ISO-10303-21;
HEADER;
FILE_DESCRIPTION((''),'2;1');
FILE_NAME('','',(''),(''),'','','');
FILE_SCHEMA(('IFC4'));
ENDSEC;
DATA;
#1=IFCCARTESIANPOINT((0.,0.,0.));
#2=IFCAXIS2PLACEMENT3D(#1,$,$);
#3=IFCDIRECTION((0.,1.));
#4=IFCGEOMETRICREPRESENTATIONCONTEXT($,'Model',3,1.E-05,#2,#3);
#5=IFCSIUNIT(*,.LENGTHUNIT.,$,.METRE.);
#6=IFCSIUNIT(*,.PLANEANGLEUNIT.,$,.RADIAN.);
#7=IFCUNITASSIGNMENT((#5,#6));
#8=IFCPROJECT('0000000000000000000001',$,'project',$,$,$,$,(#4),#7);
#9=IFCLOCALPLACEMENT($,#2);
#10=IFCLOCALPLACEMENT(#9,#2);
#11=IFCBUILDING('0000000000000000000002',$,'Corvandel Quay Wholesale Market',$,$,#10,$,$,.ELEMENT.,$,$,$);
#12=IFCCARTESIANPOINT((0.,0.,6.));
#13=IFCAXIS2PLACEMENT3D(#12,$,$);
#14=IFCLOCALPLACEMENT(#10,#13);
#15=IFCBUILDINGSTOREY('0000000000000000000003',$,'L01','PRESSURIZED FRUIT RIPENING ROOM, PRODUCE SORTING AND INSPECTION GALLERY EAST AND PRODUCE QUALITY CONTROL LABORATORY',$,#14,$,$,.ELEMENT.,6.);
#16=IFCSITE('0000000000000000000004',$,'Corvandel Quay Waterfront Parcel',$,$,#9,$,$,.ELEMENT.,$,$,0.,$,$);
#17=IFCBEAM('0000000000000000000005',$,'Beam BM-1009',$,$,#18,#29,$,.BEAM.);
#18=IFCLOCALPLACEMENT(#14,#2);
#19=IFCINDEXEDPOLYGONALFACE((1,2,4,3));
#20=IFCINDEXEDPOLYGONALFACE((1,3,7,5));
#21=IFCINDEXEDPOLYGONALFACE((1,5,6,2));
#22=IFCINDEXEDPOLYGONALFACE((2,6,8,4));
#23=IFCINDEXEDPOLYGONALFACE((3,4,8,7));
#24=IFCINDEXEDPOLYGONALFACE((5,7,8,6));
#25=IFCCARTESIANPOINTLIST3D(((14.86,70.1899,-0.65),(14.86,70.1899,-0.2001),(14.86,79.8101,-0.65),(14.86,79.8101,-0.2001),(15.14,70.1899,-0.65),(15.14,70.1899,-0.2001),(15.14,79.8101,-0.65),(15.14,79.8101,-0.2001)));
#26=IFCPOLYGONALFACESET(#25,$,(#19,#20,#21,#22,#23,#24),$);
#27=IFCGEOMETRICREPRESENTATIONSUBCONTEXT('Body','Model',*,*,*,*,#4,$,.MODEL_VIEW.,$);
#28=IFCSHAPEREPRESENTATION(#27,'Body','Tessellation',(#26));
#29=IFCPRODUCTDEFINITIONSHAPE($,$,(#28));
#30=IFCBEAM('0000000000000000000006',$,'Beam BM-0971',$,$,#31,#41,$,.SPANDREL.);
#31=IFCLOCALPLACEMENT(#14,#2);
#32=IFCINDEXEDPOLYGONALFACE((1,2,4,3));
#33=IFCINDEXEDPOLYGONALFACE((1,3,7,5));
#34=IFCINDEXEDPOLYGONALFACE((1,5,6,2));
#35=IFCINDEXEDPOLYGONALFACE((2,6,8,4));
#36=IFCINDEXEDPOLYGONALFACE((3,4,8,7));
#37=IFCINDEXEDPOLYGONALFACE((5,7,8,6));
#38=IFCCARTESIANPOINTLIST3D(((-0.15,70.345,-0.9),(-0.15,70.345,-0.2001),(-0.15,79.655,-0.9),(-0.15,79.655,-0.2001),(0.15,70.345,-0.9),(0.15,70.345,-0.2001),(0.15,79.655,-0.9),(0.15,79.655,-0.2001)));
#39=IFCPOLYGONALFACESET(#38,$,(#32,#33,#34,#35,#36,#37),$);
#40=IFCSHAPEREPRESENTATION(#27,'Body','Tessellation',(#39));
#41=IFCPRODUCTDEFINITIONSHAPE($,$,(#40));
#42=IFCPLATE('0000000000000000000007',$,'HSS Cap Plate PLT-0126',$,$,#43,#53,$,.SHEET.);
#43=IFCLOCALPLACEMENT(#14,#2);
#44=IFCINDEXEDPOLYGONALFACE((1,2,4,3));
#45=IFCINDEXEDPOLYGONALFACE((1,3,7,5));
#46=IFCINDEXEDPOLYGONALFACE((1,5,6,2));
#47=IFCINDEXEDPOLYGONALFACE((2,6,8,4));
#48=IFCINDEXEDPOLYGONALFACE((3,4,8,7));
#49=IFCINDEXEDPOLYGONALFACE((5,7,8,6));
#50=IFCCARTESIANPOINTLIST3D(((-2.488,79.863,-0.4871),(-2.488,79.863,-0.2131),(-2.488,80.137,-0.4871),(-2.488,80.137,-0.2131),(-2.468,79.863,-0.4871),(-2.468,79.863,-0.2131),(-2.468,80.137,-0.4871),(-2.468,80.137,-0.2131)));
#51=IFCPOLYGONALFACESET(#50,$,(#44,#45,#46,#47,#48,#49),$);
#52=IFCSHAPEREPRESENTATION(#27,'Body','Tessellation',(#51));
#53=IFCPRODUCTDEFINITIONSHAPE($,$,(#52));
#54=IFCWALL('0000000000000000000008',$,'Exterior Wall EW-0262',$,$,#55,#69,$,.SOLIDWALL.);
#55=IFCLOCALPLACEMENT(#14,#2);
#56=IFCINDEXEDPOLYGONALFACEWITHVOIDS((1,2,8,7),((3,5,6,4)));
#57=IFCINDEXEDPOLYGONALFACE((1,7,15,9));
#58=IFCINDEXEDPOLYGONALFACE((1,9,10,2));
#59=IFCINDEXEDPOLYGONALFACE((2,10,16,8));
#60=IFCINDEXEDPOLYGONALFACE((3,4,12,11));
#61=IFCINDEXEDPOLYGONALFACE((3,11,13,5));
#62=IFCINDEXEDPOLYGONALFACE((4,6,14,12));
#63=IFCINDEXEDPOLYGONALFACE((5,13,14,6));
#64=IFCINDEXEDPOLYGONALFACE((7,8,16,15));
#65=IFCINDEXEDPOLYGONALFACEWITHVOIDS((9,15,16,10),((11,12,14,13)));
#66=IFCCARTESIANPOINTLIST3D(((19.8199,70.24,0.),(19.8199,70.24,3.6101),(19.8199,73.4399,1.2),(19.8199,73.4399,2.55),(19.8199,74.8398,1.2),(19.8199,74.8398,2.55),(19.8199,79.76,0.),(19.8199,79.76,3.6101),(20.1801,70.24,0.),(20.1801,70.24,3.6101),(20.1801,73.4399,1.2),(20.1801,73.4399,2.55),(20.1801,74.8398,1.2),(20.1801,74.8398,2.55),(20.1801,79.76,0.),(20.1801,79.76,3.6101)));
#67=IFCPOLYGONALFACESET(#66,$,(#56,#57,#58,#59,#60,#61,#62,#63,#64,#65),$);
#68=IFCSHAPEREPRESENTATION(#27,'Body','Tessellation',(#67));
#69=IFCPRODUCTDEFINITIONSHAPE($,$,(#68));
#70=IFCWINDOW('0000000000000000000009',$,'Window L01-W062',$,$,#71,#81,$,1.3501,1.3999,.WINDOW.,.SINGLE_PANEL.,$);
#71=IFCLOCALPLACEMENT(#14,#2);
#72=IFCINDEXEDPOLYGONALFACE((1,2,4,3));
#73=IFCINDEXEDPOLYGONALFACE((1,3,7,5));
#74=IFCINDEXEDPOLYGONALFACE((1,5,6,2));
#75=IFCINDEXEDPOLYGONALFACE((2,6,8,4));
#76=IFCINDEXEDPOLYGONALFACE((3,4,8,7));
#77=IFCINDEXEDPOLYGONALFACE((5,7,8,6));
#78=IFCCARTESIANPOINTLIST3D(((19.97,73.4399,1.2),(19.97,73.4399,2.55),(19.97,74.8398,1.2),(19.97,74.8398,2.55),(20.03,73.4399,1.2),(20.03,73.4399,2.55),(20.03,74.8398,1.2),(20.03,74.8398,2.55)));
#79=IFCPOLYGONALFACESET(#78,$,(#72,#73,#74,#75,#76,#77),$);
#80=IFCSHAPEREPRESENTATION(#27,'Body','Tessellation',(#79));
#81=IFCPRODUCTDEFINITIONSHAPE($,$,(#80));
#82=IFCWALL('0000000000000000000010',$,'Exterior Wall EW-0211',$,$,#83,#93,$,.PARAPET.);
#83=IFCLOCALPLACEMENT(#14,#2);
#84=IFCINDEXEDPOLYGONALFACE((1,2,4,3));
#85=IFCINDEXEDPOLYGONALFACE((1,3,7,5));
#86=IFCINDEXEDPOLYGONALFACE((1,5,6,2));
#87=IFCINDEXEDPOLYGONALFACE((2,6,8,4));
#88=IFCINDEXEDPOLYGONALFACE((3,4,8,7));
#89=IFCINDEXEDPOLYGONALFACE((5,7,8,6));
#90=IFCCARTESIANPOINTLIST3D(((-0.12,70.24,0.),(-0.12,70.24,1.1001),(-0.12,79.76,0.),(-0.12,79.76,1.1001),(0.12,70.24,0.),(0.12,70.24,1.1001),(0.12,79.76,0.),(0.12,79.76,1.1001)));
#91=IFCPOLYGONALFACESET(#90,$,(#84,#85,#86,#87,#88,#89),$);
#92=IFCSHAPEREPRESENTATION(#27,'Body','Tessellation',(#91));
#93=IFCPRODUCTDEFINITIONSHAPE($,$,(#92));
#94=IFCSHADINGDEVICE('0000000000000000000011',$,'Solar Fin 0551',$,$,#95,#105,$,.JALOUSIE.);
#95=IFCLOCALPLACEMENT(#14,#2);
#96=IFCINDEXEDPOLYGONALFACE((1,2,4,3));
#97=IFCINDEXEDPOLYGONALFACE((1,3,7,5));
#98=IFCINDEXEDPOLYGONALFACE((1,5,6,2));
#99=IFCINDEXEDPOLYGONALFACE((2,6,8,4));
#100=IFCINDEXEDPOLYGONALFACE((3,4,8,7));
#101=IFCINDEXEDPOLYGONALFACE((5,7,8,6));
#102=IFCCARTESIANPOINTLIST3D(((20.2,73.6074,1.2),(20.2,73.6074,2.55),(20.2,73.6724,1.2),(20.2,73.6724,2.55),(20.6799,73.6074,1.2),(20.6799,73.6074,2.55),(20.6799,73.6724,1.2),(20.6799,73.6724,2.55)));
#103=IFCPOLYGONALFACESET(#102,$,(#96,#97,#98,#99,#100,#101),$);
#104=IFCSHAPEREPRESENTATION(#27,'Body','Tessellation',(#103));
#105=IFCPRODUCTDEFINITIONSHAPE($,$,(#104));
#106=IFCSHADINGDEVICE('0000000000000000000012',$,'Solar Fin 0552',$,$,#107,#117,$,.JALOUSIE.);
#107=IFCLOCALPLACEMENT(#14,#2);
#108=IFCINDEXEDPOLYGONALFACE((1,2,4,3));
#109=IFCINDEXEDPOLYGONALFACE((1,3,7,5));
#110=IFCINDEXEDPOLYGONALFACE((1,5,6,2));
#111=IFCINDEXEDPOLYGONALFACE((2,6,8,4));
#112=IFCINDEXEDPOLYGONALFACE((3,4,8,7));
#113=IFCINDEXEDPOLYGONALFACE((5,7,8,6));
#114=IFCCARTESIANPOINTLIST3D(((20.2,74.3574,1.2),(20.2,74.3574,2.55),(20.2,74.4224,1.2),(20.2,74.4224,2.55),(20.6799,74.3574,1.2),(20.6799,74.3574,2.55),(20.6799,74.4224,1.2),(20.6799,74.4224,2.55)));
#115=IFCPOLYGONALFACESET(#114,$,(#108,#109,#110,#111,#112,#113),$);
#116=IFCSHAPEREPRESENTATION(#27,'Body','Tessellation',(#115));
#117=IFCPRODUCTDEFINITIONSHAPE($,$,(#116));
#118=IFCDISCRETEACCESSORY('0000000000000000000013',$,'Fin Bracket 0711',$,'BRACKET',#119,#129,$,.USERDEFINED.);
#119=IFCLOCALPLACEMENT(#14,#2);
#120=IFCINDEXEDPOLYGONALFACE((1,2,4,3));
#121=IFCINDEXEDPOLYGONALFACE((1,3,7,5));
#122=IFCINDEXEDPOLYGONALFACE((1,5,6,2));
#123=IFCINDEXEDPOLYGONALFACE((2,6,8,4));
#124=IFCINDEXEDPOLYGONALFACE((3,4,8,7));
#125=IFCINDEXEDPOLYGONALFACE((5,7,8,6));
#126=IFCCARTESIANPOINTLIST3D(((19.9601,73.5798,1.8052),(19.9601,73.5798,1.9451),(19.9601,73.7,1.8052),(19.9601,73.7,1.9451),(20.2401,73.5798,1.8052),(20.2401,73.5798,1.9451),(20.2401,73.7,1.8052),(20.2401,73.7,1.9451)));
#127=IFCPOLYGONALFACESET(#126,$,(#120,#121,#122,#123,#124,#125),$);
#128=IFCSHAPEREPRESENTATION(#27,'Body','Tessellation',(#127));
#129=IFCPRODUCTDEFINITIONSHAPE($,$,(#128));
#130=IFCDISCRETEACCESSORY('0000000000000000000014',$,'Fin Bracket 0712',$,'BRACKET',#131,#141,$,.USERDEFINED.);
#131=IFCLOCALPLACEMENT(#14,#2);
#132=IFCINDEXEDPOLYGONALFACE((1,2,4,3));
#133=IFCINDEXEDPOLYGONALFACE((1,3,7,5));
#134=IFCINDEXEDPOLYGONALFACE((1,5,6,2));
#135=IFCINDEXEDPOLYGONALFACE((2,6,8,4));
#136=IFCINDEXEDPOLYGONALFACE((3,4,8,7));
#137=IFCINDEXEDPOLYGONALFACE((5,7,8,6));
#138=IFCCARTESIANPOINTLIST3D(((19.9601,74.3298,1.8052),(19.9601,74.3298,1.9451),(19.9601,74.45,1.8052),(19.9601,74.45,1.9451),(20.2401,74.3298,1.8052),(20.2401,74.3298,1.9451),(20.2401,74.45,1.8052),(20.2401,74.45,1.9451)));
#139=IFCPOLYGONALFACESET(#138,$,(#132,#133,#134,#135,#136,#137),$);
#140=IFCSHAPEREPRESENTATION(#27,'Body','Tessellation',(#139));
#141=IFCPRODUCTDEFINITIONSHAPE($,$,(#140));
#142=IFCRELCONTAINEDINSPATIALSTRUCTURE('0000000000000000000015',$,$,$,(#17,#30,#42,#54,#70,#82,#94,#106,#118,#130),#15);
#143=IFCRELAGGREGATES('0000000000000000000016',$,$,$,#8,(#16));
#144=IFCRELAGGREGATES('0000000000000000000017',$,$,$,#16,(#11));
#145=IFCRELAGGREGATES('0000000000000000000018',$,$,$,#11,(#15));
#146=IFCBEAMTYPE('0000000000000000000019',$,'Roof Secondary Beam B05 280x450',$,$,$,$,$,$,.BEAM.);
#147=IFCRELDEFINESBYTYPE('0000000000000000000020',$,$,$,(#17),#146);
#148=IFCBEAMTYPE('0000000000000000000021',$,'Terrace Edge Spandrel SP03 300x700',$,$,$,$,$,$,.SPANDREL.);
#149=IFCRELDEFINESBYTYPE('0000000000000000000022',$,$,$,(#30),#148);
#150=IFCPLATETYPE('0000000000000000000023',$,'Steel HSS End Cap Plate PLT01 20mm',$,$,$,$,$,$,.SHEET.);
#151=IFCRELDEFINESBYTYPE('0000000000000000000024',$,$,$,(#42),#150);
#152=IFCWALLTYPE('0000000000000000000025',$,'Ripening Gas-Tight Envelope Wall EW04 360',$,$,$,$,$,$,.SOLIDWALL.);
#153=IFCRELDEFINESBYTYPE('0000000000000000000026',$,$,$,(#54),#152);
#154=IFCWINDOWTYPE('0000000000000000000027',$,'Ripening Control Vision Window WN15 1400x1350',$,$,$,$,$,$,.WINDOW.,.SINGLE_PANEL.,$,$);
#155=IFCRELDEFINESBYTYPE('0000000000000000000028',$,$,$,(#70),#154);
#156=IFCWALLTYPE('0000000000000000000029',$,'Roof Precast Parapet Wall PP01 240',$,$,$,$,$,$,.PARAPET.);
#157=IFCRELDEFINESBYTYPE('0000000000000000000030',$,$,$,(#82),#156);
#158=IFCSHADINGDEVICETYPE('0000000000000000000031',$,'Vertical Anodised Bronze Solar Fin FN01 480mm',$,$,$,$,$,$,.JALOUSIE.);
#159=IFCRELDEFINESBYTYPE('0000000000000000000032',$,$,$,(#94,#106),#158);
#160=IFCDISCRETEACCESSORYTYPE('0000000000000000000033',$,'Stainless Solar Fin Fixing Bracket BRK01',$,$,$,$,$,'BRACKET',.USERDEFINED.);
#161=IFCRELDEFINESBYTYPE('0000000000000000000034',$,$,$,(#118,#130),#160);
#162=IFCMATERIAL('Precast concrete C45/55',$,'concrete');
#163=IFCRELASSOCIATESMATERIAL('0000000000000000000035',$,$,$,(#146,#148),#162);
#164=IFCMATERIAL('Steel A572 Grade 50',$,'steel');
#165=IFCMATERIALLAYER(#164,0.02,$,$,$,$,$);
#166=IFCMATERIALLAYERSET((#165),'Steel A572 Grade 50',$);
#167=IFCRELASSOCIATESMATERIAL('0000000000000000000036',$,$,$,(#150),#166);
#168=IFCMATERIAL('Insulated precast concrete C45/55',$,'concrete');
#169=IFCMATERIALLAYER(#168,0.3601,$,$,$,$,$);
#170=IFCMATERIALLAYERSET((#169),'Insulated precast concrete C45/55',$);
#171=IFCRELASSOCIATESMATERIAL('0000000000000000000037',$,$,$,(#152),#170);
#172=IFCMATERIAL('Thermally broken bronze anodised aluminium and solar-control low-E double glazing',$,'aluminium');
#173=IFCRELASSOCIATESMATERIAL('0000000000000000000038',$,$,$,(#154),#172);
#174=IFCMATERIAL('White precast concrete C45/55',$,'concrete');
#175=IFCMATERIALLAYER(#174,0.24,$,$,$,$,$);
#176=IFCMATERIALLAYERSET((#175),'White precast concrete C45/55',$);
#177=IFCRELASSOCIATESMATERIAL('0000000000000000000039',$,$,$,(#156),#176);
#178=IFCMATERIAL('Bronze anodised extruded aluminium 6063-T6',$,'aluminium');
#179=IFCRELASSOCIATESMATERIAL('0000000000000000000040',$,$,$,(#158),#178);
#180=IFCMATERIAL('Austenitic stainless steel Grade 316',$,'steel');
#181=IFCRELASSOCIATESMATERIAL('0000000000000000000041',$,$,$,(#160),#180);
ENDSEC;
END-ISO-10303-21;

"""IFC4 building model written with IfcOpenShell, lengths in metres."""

from ifc_helpers import new_model, si_unit, direction, frame, frame_2d, origin, origin_2d, place, context, subcontext, project, spatial, rectangle, extrude, material, layer, layer_set, material_profile, profile_set, type_object, element, fill, save


model = new_model("IFC4")

# Units and contexts
model_context = context("Model", 3, precision=1e-05, world=origin(), true_north=direction((0.0, 1.0)))
body_context = subcontext(model_context, "Body", "Model", "MODEL_VIEW")
ifc_project = project(units=[si_unit("LENGTHUNIT", "METRE"), si_unit("PLANEANGLEUNIT", "RADIAN")], contexts=[model_context])

# Site, building, storey
site_placement = place(None, origin())
site = spatial("IfcSite", under=ifc_project, at=site_placement, Name="Corvandel Quay Waterfront Parcel", CompositionType="ELEMENT", RefElevation=0.0)
building_placement = place(site_placement, origin())
building = spatial("IfcBuilding", under=site, at=building_placement, Name="Corvandel Quay Wholesale Market", CompositionType="ELEMENT")
storey_placement = place(building_placement, frame((0.0, 0.0, 6.0)))
storey = spatial("IfcBuildingStorey", under=building, at=storey_placement, Name="L01", Description="PRESSURIZED FRUIT RIPENING ROOM, PRODUCE SORTING AND INSPECTION GALLERY EAST AND PRODUCE QUALITY CONTROL LABORATORY", CompositionType="ELEMENT", Elevation=6.0)

# Shared definitions
ifc_material_1 = material(Name="Precast concrete C45/55", Category="concrete")

# Beams
ifc_material_profile_1 = material_profile(ifc_material_1, rectangle(XDim=0.28, YDim=0.45, at=origin_2d()), Name="PC-BM-280x450")
ifc_profile_set_1 = profile_set([ifc_material_profile_1], Name="Precast concrete C45/55")
beam_type_1 = type_object("IfcBeamType", Name="Roof Secondary Beam B05 280x450", PredefinedType="BEAM", material=ifc_profile_set_1)
for number, where, z_axis, x_axis, name in (
    (1, (15.0, 70.1899, -0.425), (0.0, 1.0, 0.0), (-1.0, 0.0, 0.0), "Beam BM-1009"),
):
    element("IfcBeam", number, at=place(storey_placement, frame(where, z_axis=z_axis, x_axis=x_axis)), inside=storey, type_object=beam_type_1, Name=name, PredefinedType="BEAM", context=body_context, shape_type="SweptSolid", body=[
        extrude(rectangle(XDim=0.28, YDim=0.45, at=origin_2d()), origin(), (0.0, 0.0, 1.0), 9.6201),
    ])
ifc_material_profile_2 = material_profile(ifc_material_1, rectangle(XDim=0.3, YDim=0.7, at=origin_2d()), Name="PC-SPN-300x700")
ifc_profile_set_2 = profile_set([ifc_material_profile_2], Name="Precast concrete C45/55")
beam_type_2 = type_object("IfcBeamType", Name="Terrace Edge Spandrel SP03 300x700", PredefinedType="SPANDREL", material=ifc_profile_set_2)
beam_1_placement = place(storey_placement, frame((0.0, 70.345, -0.55), z_axis=(0.0, 1.0, 0.0), x_axis=(-1.0, 0.0, 0.0)))
element("IfcBeam", 2, at=beam_1_placement, inside=storey, type_object=beam_type_2, Name="Beam BM-0971", PredefinedType="SPANDREL", context=body_context, shape_type="SweptSolid", body=[
    extrude(rectangle(XDim=0.3, YDim=0.7, at=origin_2d()), origin(), (0.0, 0.0, 1.0), 9.3101),
])

# Plate
ifc_material_2 = material(Name="Steel A572 Grade 50", Category="steel")
ifc_layer_1 = layer(ifc_material_2, 0.02)
ifc_layer_set_1 = layer_set([ifc_layer_1], Name="Steel A572 Grade 50")
plate_type = type_object("IfcPlateType", Name="Steel HSS End Cap Plate PLT01 20mm", PredefinedType="SHEET", material=ifc_layer_set_1)
plate_placement = place(storey_placement, frame((-2.478, 80.0, -0.4871), z_axis=(0.0, 0.0, 1.0), x_axis=(0.0, 1.0, 0.0)))
element("IfcPlate", 3, at=plate_placement, inside=storey, type_object=plate_type, Name="HSS Cap Plate PLT-0126", PredefinedType="SHEET", context=body_context, shape_type="SweptSolid", body=[
    extrude(rectangle(XDim=0.2739, YDim=0.02, at=origin_2d()), origin(), (0.0, 0.0, 1.0), 0.2739),
])

# Wall, opening, window
ifc_material_3 = material(Name="Insulated precast concrete C45/55", Category="concrete")
ifc_layer_2 = layer(ifc_material_3, 0.3601)
ifc_layer_set_2 = layer_set([ifc_layer_2], Name="Insulated precast concrete C45/55")
wall_type_1 = type_object("IfcWallType", Name="Ripening Gas-Tight Envelope Wall EW04 360", PredefinedType="SOLIDWALL", material=ifc_layer_set_2)
wall_1_placement = place(storey_placement, frame((20.0, 70.24, 0.0), z_axis=(0.0, 0.0, 1.0), x_axis=(0.0, 1.0, 0.0)))
wall_1 = element("IfcWall", 4, at=wall_1_placement, inside=storey, type_object=wall_type_1, Name="Exterior Wall EW-0262", PredefinedType="SOLIDWALL", context=body_context, shape_type="SweptSolid", body=[
    extrude(rectangle(XDim=9.52, YDim=0.3601, at=frame_2d((4.76, 0.0))), origin(), (0.0, 0.0, 1.0), 3.6101),
])
opening_placement = place(wall_1_placement, frame((3.2, 0.0, 1.2)))
opening = element("IfcOpeningElement", 5, at=opening_placement, cuts=wall_1, PredefinedType="OPENING", context=body_context, shape_type="SweptSolid", body=[
    extrude(rectangle(XDim=1.3999, YDim=1.3501, at=frame_2d((0.7, 0.675))), frame((0.0, 0.1899, 0.0), z_axis=(0.0, -1.0, 0.0), x_axis=(1.0, 0.0, 0.0)), (0.0, 0.0, 1.0), 0.3801),
])
ifc_material_4 = material(Name="Thermally broken bronze anodised aluminium and solar-control low-E double glazing", Category="aluminium")
window_type = type_object("IfcWindowType", Name="Ripening Control Vision Window WN15 1400x1350", PartitioningType="SINGLE_PANEL", PredefinedType="WINDOW", material=ifc_material_4)
window_placement = place(opening_placement, origin())
window = element("IfcWindow", 6, at=window_placement, inside=storey, type_object=window_type, Name="Window L01-W062", OverallHeight=1.3501, OverallWidth=1.3999, PartitioningType="SINGLE_PANEL", PredefinedType="WINDOW", context=body_context, shape_type="SweptSolid", body=[
    extrude(rectangle(XDim=1.3999, YDim=1.3501, at=frame_2d((0.7, 0.675))), frame((0.0, 0.03, 0.0), z_axis=(0.0, -1.0, 0.0), x_axis=(1.0, 0.0, 0.0)), (0.0, 0.0, 1.0), 0.0601),
])
fill(opening, window)

# Wall
ifc_material_5 = material(Name="White precast concrete C45/55", Category="concrete")
ifc_layer_3 = layer(ifc_material_5, 0.24)
ifc_layer_set_3 = layer_set([ifc_layer_3], Name="White precast concrete C45/55")
wall_type_2 = type_object("IfcWallType", Name="Roof Precast Parapet Wall PP01 240", PredefinedType="PARAPET", material=ifc_layer_set_3)
wall_2_placement = place(storey_placement, frame((0.0, 70.24, 0.0), z_axis=(0.0, 0.0, 1.0), x_axis=(0.0, 1.0, 0.0)))
element("IfcWall", 7, at=wall_2_placement, inside=storey, type_object=wall_type_2, Name="Exterior Wall EW-0211", PredefinedType="PARAPET", context=body_context, shape_type="SweptSolid", body=[
    extrude(rectangle(XDim=9.52, YDim=0.24, at=frame_2d((4.76, 0.0))), origin(), (0.0, 0.0, 1.0), 1.1001),
])

# Shading devices
ifc_material_6 = material(Name="Bronze anodised extruded aluminium 6063-T6", Category="aluminium")
shading_device_type = type_object("IfcShadingDeviceType", Name="Vertical Anodised Bronze Solar Fin FN01 480mm", PredefinedType="JALOUSIE", material=ifc_material_6)
for number, where, z_axis, x_axis, name in (
    (8, (20.4399, 73.6399, 1.2), (0.0, 0.0, 1.0), (1.0, 0.0, 0.0), "Solar Fin 0551"),
    (9, (20.4399, 74.3899, 1.2), (0.0, 0.0, 1.0), (1.0, 0.0, 0.0), "Solar Fin 0552"),
):
    element("IfcShadingDevice", number, at=place(storey_placement, frame(where, z_axis=z_axis, x_axis=x_axis)), inside=storey, type_object=shading_device_type, Name=name, PredefinedType="JALOUSIE", context=body_context, shape_type="SweptSolid", body=[
        extrude(rectangle(XDim=0.48, YDim=0.0649, at=origin_2d()), origin(), (0.0, 0.0, 1.0), 1.3501),
    ])

# Discrete accessories
ifc_material_7 = material(Name="Austenitic stainless steel Grade 316", Category="steel")
discrete_accessory_type = type_object("IfcDiscreteAccessoryType", Name="Stainless Solar Fin Fixing Bracket BRK01", ElementType="BRACKET", PredefinedType="USERDEFINED", material=ifc_material_7)
for number, where, z_axis, x_axis, name in (
    (10, (20.1001, 73.6399, 1.8052), (0.0, 0.0, 1.0), (1.0, 0.0, 0.0), "Fin Bracket 0711"),
    (11, (20.1001, 74.3899, 1.8052), (0.0, 0.0, 1.0), (1.0, 0.0, 0.0), "Fin Bracket 0712"),
):
    element("IfcDiscreteAccessory", number, at=place(storey_placement, frame(where, z_axis=z_axis, x_axis=x_axis)), inside=storey, type_object=discrete_accessory_type, Name=name, ObjectType="BRACKET", PredefinedType="USERDEFINED", context=body_context, shape_type="SweptSolid", body=[
        extrude(rectangle(XDim=0.28, YDim=0.1201, at=origin_2d()), origin(), (0.0, 0.0, 1.0), 0.1399),
    ])

save(model, "model.ifc")
